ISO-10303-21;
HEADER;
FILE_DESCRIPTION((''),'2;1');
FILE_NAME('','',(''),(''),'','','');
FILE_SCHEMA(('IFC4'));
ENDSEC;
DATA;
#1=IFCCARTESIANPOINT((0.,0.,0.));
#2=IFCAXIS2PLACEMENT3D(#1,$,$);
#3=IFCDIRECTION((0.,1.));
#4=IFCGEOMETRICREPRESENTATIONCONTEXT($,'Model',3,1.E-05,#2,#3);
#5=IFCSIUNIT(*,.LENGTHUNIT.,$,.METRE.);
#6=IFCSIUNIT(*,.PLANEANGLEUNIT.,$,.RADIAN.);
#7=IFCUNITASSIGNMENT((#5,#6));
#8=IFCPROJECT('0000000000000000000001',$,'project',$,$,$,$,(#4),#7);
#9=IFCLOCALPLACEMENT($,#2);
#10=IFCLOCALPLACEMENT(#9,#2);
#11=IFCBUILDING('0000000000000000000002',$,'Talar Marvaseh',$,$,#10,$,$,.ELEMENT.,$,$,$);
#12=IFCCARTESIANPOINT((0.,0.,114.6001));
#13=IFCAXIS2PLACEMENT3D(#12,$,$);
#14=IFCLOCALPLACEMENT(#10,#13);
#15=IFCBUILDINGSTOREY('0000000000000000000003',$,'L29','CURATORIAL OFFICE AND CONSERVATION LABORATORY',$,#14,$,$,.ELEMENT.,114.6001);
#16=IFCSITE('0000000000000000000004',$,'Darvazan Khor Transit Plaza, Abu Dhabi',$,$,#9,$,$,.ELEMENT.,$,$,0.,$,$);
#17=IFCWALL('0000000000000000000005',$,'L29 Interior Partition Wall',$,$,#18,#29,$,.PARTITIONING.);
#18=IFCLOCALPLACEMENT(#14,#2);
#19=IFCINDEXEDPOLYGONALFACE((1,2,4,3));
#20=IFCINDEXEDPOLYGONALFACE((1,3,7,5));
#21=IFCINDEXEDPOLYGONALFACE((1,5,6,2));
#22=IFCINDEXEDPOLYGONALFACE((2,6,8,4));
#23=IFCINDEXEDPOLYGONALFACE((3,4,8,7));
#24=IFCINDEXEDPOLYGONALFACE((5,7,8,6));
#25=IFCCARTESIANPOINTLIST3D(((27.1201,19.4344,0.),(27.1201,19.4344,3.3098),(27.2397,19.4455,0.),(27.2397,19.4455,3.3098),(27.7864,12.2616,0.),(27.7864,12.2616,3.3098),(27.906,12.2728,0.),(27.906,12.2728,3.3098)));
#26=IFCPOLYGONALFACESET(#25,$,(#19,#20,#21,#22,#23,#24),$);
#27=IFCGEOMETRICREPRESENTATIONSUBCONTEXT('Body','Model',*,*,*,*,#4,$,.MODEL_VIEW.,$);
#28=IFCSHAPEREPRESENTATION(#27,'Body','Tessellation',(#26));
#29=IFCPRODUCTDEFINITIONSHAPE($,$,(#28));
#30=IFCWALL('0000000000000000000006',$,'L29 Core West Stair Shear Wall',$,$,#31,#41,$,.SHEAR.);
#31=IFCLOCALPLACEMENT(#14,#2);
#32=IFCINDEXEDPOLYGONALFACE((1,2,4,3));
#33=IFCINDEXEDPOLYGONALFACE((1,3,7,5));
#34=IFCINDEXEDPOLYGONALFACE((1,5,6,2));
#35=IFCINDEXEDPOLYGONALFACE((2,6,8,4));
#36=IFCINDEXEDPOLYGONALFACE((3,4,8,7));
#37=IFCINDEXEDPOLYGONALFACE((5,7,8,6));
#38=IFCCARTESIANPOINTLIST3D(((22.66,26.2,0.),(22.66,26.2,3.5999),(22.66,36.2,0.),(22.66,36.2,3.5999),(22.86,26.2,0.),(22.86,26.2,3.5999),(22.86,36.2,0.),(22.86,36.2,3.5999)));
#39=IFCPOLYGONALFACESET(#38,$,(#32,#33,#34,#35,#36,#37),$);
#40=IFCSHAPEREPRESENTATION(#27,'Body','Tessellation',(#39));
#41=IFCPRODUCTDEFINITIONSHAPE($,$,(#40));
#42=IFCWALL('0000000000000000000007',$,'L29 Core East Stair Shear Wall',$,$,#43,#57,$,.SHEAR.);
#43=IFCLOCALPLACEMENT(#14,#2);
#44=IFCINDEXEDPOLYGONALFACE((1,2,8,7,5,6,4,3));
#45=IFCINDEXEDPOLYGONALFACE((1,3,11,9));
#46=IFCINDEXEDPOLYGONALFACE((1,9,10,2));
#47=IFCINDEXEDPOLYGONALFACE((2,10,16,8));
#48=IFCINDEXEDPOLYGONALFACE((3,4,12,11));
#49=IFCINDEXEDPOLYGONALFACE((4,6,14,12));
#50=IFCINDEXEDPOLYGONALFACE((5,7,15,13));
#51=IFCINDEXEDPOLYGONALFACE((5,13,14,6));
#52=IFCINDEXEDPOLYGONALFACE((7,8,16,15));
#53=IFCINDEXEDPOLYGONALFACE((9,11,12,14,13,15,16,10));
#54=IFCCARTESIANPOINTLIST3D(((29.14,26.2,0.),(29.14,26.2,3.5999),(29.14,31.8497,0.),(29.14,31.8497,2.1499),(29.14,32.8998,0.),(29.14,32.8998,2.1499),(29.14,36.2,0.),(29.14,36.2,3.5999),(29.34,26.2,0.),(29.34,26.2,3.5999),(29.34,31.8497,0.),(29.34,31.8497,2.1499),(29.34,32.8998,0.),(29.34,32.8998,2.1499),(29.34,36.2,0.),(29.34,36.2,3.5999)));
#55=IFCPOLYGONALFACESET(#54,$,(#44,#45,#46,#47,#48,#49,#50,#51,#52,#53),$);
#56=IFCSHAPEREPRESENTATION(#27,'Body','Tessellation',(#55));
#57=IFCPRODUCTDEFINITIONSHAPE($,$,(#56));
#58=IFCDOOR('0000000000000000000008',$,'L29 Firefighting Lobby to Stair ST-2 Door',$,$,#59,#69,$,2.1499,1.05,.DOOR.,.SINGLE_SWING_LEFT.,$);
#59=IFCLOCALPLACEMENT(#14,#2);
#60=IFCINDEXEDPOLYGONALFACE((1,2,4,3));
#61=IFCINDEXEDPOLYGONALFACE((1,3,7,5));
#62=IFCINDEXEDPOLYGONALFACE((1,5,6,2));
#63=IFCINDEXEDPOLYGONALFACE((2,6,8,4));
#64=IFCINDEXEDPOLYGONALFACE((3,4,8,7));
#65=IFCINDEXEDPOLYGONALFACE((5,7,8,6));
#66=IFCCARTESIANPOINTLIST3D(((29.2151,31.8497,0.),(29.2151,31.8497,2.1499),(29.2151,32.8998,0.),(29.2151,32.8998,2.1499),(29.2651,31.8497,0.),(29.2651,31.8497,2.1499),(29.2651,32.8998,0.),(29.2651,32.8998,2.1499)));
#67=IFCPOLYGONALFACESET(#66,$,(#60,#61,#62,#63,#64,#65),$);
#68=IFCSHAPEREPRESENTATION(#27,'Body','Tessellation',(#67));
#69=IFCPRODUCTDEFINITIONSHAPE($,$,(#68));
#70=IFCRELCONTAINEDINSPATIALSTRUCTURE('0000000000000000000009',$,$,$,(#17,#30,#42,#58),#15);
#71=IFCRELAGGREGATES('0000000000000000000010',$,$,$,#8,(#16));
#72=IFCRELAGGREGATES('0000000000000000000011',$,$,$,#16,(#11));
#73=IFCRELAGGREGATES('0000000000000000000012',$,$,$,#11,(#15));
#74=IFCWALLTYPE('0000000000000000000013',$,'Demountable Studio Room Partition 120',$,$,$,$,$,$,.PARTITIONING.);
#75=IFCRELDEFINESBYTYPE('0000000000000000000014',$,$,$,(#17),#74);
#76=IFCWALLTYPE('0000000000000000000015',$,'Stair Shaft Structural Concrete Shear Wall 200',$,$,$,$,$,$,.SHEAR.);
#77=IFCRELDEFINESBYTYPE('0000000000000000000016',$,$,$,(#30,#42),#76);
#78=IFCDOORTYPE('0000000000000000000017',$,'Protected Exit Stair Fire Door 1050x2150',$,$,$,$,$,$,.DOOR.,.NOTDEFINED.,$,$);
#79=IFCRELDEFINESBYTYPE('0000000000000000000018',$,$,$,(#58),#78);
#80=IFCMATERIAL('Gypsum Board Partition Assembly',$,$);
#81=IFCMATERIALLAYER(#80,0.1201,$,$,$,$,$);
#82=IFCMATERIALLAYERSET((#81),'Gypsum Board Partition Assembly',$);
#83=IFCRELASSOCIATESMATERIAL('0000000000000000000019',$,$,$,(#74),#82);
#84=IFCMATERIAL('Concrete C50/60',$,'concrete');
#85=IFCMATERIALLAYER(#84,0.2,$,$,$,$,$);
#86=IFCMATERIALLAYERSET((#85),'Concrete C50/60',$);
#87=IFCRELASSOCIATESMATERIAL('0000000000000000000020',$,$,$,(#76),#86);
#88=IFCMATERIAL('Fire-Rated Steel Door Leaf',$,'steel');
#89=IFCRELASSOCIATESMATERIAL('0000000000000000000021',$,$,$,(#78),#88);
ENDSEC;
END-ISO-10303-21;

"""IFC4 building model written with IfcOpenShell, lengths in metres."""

from ifc_helpers import new_model, si_unit, direction, frame, frame_2d, origin, place, context, subcontext, project, spatial, rectangle, extrude, source, transform, mapped, material, layer, layer_set, type_object, type_shapes, element, fill, save


model = new_model("IFC4")

# Units and contexts
model_context = context("Model", 3, precision=1e-05, world=origin(), true_north=direction((0.0, 1.0)))
body_context = subcontext(model_context, "Body", "Model", "MODEL_VIEW")
ifc_project = project(units=[si_unit("LENGTHUNIT", "METRE"), si_unit("PLANEANGLEUNIT", "RADIAN")], contexts=[model_context])

# Site, building, storey
site_placement = place(None, origin())
site = spatial("IfcSite", under=ifc_project, at=site_placement, Name="Darvazan Khor Transit Plaza, Abu Dhabi", CompositionType="ELEMENT", RefElevation=0.0)
building_placement = place(site_placement, origin())
building = spatial("IfcBuilding", under=site, at=building_placement, Name="Talar Marvaseh", CompositionType="ELEMENT")
storey_placement = place(building_placement, frame((0.0, 0.0, 114.6001)))
storey = spatial("IfcBuildingStorey", under=building, at=storey_placement, Name="L29", Description="CURATORIAL OFFICE AND CONSERVATION LABORATORY", CompositionType="ELEMENT", Elevation=114.6001)

# Shared definitions
ifc_material_1 = material(Name="Gypsum Board Partition Assembly")
ifc_material_2 = material(Name="Fire-Rated Steel Door Leaf", Category="steel")

# Walls
ifc_layer_1 = layer(ifc_material_1, 0.1201)
ifc_layer_set_1 = layer_set([ifc_layer_1], Name="Gypsum Board Partition Assembly")
wall_type_1 = type_object("IfcWallType", Name="Demountable Studio Room Partition 120", PredefinedType="PARTITIONING", material=ifc_layer_set_1)
wall_1_placement = place(storey_placement, frame((27.1799, 19.4399, 0.0), z_axis=(0.0, 0.0, 1.0), x_axis=(0.092488, -0.995714, 0.0)))
element("IfcWall", 1, at=wall_1_placement, inside=storey, type_object=wall_type_1, Name="L29 Interior Partition Wall", PredefinedType="PARTITIONING", context=body_context, shape_type="SweptSolid", body=[
    extrude(rectangle(XDim=7.2036, YDim=0.1201, at=frame_2d((3.6018, 0.0))), origin(), (0.0, 0.0, 1.0), 3.3098),
])
ifc_material_3 = material(Name="Concrete C50/60", Category="concrete")
ifc_layer_2 = layer(ifc_material_3, 0.2)
ifc_layer_set_2 = layer_set([ifc_layer_2], Name="Concrete C50/60")
wall_type_2 = type_object("IfcWallType", Name="Stair Shaft Structural Concrete Shear Wall 200", PredefinedType="SHEAR", material=ifc_layer_set_2)
wall_2_placement = place(storey_placement, frame((22.76, 26.2, 0.0), z_axis=(0.0, 0.0, 1.0), x_axis=(0.0, 1.0, 0.0)))
element("IfcWall", 2, at=wall_2_placement, inside=storey, type_object=wall_type_2, Name="L29 Core West Stair Shear Wall", PredefinedType="SHEAR", context=body_context, shape_type="SweptSolid", body=[
    extrude(rectangle(XDim=10.0, YDim=0.2, at=frame_2d((5.0, 0.0))), origin(), (0.0, 0.0, 1.0), 3.5999),
])

# Wall, opening, door
wall_3_placement = place(storey_placement, frame((29.24, 26.2, 0.0), z_axis=(0.0, 0.0, 1.0), x_axis=(0.0, 1.0, 0.0)))
wall_3 = element("IfcWall", 3, at=wall_3_placement, inside=storey, type_object=wall_type_2, Name="L29 Core East Stair Shear Wall", PredefinedType="SHEAR", context=body_context, shape_type="SweptSolid", body=[
    extrude(rectangle(XDim=10.0, YDim=0.2, at=frame_2d((5.0, 0.0))), origin(), (0.0, 0.0, 1.0), 3.5999),
])
opening_1_placement = place(wall_3_placement, frame((5.6499, 0.0, 0.0)))
opening_1 = element("IfcOpeningElement", 4, at=opening_1_placement, cuts=wall_3, PredefinedType="OPENING", context=body_context, shape_type="SweptSolid", body=[
    extrude(rectangle(XDim=1.05, YDim=2.1499, at=frame_2d((0.5249, 1.075))), frame((0.0, 0.1099, 0.0), z_axis=(0.0, -1.0, 0.0), x_axis=(1.0, 0.0, 0.0)), (0.0, 0.0, 1.0), 0.22),
])
door_type_1 = type_object("IfcDoorType", Name="Protected Exit Stair Fire Door 1050x2150", OperationType="NOTDEFINED", PredefinedType="DOOR", material=ifc_material_2)
shared_shape_1 = source(origin(), body_context, "Body", "SweptSolid", [
    extrude(rectangle(XDim=1.05, YDim=2.1499, at=frame_2d((0.5249, 1.075))), frame((0.0, 0.0249, 0.0), z_axis=(0.0, -1.0, 0.0), x_axis=(1.0, 0.0, 0.0)), (0.0, 0.0, 1.0), 0.05),
])
type_shapes(door_type_1, [shared_shape_1])
door_1_placement = place(opening_1_placement, origin())
door_1 = element("IfcDoor", 5, at=door_1_placement, inside=storey, type_object=door_type_1, Name="L29 Firefighting Lobby to Stair ST-2 Door", OperationType="SINGLE_SWING_LEFT", OverallHeight=2.1499, OverallWidth=1.05, PredefinedType="DOOR", context=body_context, shape_type="MappedRepresentation", body=[
    mapped(shared_shape_1, transform((0.0, 0.0, 0.0), x_axis=(1.0, 0.0, 0.0), y_axis=(0.0, 1.0, 0.0), z_axis=(0.0, 0.0, 1.0), scale=1.0)),
])
fill(opening_1, door_1)

save(model, "model.ifc")
